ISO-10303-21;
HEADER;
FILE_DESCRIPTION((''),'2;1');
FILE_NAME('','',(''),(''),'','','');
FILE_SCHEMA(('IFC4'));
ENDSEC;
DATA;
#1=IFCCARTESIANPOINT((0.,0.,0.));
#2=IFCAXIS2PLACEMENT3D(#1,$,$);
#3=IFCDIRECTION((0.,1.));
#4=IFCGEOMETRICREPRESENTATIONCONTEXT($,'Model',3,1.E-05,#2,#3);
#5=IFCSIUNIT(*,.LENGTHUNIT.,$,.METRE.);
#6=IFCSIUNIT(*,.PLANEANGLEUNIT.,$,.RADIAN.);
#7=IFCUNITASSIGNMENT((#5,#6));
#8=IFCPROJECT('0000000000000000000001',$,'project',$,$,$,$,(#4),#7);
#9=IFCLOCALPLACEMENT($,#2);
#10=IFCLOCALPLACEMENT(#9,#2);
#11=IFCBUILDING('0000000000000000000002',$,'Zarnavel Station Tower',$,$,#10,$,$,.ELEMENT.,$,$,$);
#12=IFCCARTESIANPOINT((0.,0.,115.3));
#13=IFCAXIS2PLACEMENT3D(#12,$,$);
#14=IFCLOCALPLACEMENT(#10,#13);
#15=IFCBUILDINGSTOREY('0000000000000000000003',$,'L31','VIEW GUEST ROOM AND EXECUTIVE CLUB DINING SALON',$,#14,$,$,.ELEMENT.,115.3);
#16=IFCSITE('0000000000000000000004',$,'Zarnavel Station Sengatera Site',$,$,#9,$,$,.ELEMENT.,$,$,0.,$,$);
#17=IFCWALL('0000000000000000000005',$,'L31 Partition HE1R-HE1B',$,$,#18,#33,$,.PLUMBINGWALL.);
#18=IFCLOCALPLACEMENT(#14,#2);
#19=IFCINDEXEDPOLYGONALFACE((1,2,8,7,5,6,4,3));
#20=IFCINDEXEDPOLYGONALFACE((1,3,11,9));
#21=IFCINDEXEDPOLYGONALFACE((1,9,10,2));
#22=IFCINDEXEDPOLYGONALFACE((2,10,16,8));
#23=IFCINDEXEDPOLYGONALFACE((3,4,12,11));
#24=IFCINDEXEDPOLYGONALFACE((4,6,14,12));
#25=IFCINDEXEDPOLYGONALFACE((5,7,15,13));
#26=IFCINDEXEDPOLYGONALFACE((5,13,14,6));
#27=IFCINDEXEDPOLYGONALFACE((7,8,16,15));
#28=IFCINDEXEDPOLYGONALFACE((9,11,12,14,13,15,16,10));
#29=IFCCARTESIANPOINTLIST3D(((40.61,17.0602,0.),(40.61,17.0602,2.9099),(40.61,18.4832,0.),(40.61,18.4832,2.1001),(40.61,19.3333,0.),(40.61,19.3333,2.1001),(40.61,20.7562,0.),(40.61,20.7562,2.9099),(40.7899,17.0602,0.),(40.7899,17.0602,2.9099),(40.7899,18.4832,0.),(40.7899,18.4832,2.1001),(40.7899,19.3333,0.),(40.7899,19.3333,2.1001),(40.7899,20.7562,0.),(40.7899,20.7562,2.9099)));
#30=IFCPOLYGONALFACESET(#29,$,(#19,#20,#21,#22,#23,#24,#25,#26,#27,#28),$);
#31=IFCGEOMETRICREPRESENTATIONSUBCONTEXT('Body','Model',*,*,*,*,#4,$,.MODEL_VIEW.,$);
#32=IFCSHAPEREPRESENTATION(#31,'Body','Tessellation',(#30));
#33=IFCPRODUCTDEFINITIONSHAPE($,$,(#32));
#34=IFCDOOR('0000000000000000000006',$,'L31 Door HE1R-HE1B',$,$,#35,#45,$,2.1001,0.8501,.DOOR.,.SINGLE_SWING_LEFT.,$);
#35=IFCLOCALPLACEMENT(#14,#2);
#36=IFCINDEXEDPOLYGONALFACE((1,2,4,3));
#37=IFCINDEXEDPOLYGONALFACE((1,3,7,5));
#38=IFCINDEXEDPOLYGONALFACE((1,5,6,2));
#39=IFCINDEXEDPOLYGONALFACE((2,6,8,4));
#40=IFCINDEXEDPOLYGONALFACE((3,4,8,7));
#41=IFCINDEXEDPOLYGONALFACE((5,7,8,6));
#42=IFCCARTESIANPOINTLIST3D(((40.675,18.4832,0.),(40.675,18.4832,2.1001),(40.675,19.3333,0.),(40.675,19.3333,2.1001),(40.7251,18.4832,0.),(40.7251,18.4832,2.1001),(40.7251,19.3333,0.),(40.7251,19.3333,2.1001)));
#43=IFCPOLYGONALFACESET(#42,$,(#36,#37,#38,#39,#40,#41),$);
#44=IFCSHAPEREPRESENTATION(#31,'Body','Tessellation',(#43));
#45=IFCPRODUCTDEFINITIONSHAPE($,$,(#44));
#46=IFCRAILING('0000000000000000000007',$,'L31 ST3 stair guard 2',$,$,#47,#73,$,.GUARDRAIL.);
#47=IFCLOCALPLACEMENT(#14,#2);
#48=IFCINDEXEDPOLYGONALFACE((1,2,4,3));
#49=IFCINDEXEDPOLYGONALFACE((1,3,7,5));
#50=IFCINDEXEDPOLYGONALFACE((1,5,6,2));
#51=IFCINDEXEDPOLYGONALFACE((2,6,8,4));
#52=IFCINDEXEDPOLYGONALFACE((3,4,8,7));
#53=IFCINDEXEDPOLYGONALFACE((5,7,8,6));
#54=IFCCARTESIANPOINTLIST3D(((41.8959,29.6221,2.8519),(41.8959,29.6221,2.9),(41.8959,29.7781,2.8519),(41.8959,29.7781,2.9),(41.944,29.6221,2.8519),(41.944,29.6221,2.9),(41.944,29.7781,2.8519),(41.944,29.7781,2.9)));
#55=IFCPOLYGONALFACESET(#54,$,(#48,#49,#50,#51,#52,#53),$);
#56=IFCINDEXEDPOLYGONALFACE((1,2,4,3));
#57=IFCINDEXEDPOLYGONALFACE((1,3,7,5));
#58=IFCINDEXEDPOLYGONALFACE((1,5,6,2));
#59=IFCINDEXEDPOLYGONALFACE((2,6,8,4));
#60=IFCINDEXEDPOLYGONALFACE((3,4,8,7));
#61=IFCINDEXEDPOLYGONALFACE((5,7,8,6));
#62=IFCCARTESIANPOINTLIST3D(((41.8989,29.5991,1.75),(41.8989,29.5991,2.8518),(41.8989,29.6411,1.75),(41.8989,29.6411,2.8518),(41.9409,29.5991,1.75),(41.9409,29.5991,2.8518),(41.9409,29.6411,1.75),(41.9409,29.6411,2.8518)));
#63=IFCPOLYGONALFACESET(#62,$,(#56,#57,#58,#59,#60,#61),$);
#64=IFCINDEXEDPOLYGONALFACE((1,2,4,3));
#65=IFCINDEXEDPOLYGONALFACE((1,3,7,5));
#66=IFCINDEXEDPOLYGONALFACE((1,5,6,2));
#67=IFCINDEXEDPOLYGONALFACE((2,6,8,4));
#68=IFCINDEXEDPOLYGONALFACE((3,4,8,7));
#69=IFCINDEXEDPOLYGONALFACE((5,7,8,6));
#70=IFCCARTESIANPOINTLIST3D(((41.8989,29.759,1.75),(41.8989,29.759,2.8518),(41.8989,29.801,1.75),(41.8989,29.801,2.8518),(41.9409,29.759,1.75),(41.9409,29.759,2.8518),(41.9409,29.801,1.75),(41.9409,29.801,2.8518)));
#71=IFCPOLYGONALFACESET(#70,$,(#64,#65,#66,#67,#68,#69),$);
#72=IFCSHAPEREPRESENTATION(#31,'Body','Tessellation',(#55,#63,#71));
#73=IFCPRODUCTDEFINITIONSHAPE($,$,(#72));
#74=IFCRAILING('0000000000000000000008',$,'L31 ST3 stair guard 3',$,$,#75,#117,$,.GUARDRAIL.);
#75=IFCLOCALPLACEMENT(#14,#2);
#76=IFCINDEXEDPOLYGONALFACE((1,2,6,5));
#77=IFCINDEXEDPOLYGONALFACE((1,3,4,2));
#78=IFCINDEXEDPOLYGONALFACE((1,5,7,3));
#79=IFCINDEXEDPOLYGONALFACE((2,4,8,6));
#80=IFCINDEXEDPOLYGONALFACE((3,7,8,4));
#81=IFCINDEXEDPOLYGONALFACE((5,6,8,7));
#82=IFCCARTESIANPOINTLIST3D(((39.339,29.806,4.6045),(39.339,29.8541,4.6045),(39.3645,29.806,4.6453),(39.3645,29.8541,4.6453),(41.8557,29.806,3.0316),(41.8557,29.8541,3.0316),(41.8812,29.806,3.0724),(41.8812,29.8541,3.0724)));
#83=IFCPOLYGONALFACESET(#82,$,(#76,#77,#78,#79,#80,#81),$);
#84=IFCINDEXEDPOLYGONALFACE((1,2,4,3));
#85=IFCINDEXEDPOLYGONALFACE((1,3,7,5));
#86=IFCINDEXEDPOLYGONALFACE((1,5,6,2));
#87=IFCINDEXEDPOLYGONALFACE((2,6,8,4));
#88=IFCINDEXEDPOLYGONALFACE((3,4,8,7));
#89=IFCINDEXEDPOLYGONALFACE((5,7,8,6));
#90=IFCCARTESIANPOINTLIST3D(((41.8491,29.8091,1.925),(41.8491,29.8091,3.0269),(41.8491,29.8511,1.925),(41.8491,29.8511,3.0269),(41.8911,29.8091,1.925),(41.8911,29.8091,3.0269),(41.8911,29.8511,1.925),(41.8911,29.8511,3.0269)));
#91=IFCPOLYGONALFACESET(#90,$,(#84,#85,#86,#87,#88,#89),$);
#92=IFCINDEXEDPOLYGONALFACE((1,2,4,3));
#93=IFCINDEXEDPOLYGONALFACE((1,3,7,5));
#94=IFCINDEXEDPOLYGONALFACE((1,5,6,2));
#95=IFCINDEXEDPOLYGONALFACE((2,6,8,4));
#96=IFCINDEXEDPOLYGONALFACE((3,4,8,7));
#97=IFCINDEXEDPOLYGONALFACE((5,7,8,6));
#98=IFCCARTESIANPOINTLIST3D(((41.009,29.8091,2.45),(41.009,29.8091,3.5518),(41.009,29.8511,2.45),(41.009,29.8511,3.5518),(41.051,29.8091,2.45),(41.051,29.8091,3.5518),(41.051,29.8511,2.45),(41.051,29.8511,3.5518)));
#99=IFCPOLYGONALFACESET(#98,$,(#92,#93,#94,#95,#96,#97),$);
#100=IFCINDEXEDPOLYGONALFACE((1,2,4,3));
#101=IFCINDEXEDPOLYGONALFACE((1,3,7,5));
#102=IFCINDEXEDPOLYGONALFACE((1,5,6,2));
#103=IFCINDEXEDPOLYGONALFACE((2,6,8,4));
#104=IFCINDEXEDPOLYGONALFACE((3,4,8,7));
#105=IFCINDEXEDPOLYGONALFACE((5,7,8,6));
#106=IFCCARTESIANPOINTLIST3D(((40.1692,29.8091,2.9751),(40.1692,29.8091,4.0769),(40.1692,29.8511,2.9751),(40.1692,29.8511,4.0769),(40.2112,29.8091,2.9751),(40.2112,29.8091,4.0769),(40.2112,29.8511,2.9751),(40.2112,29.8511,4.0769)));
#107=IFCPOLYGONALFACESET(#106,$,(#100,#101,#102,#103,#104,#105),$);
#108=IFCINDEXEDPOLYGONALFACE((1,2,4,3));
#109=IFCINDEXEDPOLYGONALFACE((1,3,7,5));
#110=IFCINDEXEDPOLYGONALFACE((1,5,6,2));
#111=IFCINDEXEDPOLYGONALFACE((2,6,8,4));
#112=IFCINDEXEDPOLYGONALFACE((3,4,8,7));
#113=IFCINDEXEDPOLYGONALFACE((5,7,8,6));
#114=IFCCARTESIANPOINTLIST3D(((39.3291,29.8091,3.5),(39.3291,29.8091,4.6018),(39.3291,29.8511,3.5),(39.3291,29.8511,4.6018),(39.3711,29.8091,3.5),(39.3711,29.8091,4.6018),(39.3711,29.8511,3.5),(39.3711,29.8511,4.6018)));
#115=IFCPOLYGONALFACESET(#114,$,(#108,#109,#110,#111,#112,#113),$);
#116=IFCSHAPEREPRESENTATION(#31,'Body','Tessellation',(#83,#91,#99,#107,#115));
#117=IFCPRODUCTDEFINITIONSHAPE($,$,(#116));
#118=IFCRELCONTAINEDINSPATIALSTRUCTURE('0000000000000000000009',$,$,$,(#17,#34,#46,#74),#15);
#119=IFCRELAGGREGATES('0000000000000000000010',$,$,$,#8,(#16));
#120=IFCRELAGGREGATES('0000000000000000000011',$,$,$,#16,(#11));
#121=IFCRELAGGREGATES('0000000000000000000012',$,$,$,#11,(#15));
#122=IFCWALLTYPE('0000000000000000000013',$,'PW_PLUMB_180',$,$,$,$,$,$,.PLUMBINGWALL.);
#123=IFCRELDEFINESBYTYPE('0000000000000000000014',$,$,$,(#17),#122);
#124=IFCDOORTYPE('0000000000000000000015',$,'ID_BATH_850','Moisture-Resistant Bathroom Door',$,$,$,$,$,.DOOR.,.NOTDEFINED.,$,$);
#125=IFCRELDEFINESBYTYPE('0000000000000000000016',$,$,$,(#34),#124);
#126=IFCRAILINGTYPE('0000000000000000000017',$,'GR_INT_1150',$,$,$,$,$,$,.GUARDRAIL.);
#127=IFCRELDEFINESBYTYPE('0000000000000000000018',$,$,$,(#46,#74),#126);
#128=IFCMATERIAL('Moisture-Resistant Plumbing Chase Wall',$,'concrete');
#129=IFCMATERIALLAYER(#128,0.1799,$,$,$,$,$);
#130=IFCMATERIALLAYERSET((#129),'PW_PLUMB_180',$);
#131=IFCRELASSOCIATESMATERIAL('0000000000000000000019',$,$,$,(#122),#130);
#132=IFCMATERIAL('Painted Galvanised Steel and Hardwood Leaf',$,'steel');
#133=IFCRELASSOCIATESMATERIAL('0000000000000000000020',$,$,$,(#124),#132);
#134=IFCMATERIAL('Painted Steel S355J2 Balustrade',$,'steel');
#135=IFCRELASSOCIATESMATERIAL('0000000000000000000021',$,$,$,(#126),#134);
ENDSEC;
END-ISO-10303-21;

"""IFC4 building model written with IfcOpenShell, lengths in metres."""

from ifc_helpers import new_model, si_unit, direction, frame, frame_2d, origin, origin_2d, place, context, subcontext, project, spatial, rectangle, extrude, material, layer, layer_set, type_object, element, fill, save


model = new_model("IFC4")

# Units and contexts
model_context = context("Model", 3, precision=1e-05, world=origin(), true_north=direction((0.0, 1.0)))
body_context = subcontext(model_context, "Body", "Model", "MODEL_VIEW")
ifc_project = project(units=[si_unit("LENGTHUNIT", "METRE"), si_unit("PLANEANGLEUNIT", "RADIAN")], contexts=[model_context])

# Site, building, storey
site_placement = place(None, origin())
site = spatial("IfcSite", under=ifc_project, at=site_placement, Name="Zarnavel Station Sengatera Site", CompositionType="ELEMENT", RefElevation=0.0)
building_placement = place(site_placement, origin())
building = spatial("IfcBuilding", under=site, at=building_placement, Name="Zarnavel Station Tower", CompositionType="ELEMENT")
storey_placement = place(building_placement, frame((0.0, 0.0, 115.3)))
storey = spatial("IfcBuildingStorey", under=building, at=storey_placement, Name="L31", Description="VIEW GUEST ROOM AND EXECUTIVE CLUB DINING SALON", CompositionType="ELEMENT", Elevation=115.3)

# Wall, opening, door
ifc_material_1 = material(Name="Moisture-Resistant Plumbing Chase Wall", Category="concrete")
ifc_layer_1 = layer(ifc_material_1, 0.1799)
ifc_layer_set_1 = layer_set([ifc_layer_1], Name="PW_PLUMB_180")
wall_type_1 = type_object("IfcWallType", Name="PW_PLUMB_180", PredefinedType="PLUMBINGWALL", material=ifc_layer_set_1)
wall_1_placement = place(storey_placement, frame((40.7, 17.0601, 0.0), z_axis=(0.0, 0.0, 1.0), x_axis=(0.0, 1.0, 0.0)))
wall_1 = element("IfcWall", 1, at=wall_1_placement, inside=storey, type_object=wall_type_1, Name="L31 Partition HE1R-HE1B", PredefinedType="PLUMBINGWALL", context=body_context, shape_type="SweptSolid", body=[
    extrude(rectangle(XDim=3.696, YDim=0.1799, at=frame_2d((1.8481, 0.0))), origin(), (0.0, 0.0, 1.0), 2.9099),
])
opening_1_placement = place(wall_1_placement, frame((1.4231, 0.0, 0.0)))
opening_1 = element("IfcOpeningElement", 2, at=opening_1_placement, cuts=wall_1, PredefinedType="OPENING", context=body_context, shape_type="SweptSolid", body=[
    extrude(rectangle(XDim=0.8501, YDim=2.1001, at=frame_2d((0.425, 1.05))), frame((0.0, 0.0999, 0.0), z_axis=(0.0, -1.0, 0.0), x_axis=(1.0, 0.0, 0.0)), (0.0, 0.0, 1.0), 0.2),
])
ifc_material_2 = material(Name="Painted Galvanised Steel and Hardwood Leaf", Category="steel")
door_type_1 = type_object("IfcDoorType", Name="ID_BATH_850", Description="Moisture-Resistant Bathroom Door", OperationType="NOTDEFINED", PredefinedType="DOOR", material=ifc_material_2)
door_1_placement = place(opening_1_placement, origin())
door_1 = element("IfcDoor", 3, at=door_1_placement, inside=storey, type_object=door_type_1, Name="L31 Door HE1R-HE1B", OperationType="SINGLE_SWING_LEFT", OverallHeight=2.1001, OverallWidth=0.8501, PredefinedType="DOOR", context=body_context, shape_type="SweptSolid", body=[
    extrude(rectangle(XDim=0.8501, YDim=2.1001, at=frame_2d((0.425, 1.05))), frame((0.0, 0.0249, 0.0), z_axis=(0.0, -1.0, 0.0), x_axis=(1.0, 0.0, 0.0)), (0.0, 0.0, 1.0), 0.05),
])
fill(opening_1, door_1)

# Railings
ifc_material_3 = material(Name="Painted Steel S355J2 Balustrade", Category="steel")
railing_type = type_object("IfcRailingType", Name="GR_INT_1150", PredefinedType="GUARDRAIL", material=ifc_material_3)
railing_1_placement = place(storey_placement, frame((41.9199, 29.6201, 1.75)))
element("IfcRailing", 4, at=railing_1_placement, inside=storey, type_object=railing_type, Name="L31 ST3 stair guard 2", PredefinedType="GUARDRAIL", context=body_context, shape_type="SweptSolid", body=[
    extrude(rectangle(XDim=0.0481, YDim=0.0481, at=origin_2d()), frame((0.0, 0.002, 1.126), z_axis=(0.0, 1.0, 0.0), x_axis=(-1.0, 0.0, 0.0)), (0.0, 0.0, 1.0), 0.156),
    extrude(rectangle(XDim=0.042, YDim=0.042, at=origin_2d()), origin(), (0.0, 0.0, 1.0), 1.1018),
    extrude(rectangle(XDim=0.042, YDim=0.042, at=origin_2d()), frame((0.0, 0.1599, 0.0)), (0.0, 0.0, 1.0), 1.1018),
])
railing_2_placement = place(storey_placement, frame((41.8701, 29.8301, 1.925)))
element("IfcRailing", 5, at=railing_2_placement, inside=storey, type_object=railing_type, Name="L31 ST3 stair guard 3", PredefinedType="GUARDRAIL", context=body_context, shape_type="SweptSolid", body=[
    extrude(rectangle(XDim=0.0481, YDim=0.0481, at=origin_2d()), frame((-0.0017, 0.0, 1.127), z_axis=(-0.848008, 0.0, 0.529984), x_axis=(0.0, -1.0, 0.0)), (0.0, 0.0, 1.0), 2.9678),
    extrude(rectangle(XDim=0.042, YDim=0.042, at=origin_2d()), origin(), (0.0, 0.0, 1.0), 1.1018),
    extrude(rectangle(XDim=0.042, YDim=0.042, at=origin_2d()), frame((-0.8401, 0.0, 0.5249)), (0.0, 0.0, 1.0), 1.1018),
    extrude(rectangle(XDim=0.042, YDim=0.042, at=origin_2d()), frame((-1.6799, 0.0, 1.05)), (0.0, 0.0, 1.0), 1.1018),
    extrude(rectangle(XDim=0.042, YDim=0.042, at=origin_2d()), frame((-2.52, 0.0, 1.575)), (0.0, 0.0, 1.0), 1.1018),
])

save(model, "model.ifc")
